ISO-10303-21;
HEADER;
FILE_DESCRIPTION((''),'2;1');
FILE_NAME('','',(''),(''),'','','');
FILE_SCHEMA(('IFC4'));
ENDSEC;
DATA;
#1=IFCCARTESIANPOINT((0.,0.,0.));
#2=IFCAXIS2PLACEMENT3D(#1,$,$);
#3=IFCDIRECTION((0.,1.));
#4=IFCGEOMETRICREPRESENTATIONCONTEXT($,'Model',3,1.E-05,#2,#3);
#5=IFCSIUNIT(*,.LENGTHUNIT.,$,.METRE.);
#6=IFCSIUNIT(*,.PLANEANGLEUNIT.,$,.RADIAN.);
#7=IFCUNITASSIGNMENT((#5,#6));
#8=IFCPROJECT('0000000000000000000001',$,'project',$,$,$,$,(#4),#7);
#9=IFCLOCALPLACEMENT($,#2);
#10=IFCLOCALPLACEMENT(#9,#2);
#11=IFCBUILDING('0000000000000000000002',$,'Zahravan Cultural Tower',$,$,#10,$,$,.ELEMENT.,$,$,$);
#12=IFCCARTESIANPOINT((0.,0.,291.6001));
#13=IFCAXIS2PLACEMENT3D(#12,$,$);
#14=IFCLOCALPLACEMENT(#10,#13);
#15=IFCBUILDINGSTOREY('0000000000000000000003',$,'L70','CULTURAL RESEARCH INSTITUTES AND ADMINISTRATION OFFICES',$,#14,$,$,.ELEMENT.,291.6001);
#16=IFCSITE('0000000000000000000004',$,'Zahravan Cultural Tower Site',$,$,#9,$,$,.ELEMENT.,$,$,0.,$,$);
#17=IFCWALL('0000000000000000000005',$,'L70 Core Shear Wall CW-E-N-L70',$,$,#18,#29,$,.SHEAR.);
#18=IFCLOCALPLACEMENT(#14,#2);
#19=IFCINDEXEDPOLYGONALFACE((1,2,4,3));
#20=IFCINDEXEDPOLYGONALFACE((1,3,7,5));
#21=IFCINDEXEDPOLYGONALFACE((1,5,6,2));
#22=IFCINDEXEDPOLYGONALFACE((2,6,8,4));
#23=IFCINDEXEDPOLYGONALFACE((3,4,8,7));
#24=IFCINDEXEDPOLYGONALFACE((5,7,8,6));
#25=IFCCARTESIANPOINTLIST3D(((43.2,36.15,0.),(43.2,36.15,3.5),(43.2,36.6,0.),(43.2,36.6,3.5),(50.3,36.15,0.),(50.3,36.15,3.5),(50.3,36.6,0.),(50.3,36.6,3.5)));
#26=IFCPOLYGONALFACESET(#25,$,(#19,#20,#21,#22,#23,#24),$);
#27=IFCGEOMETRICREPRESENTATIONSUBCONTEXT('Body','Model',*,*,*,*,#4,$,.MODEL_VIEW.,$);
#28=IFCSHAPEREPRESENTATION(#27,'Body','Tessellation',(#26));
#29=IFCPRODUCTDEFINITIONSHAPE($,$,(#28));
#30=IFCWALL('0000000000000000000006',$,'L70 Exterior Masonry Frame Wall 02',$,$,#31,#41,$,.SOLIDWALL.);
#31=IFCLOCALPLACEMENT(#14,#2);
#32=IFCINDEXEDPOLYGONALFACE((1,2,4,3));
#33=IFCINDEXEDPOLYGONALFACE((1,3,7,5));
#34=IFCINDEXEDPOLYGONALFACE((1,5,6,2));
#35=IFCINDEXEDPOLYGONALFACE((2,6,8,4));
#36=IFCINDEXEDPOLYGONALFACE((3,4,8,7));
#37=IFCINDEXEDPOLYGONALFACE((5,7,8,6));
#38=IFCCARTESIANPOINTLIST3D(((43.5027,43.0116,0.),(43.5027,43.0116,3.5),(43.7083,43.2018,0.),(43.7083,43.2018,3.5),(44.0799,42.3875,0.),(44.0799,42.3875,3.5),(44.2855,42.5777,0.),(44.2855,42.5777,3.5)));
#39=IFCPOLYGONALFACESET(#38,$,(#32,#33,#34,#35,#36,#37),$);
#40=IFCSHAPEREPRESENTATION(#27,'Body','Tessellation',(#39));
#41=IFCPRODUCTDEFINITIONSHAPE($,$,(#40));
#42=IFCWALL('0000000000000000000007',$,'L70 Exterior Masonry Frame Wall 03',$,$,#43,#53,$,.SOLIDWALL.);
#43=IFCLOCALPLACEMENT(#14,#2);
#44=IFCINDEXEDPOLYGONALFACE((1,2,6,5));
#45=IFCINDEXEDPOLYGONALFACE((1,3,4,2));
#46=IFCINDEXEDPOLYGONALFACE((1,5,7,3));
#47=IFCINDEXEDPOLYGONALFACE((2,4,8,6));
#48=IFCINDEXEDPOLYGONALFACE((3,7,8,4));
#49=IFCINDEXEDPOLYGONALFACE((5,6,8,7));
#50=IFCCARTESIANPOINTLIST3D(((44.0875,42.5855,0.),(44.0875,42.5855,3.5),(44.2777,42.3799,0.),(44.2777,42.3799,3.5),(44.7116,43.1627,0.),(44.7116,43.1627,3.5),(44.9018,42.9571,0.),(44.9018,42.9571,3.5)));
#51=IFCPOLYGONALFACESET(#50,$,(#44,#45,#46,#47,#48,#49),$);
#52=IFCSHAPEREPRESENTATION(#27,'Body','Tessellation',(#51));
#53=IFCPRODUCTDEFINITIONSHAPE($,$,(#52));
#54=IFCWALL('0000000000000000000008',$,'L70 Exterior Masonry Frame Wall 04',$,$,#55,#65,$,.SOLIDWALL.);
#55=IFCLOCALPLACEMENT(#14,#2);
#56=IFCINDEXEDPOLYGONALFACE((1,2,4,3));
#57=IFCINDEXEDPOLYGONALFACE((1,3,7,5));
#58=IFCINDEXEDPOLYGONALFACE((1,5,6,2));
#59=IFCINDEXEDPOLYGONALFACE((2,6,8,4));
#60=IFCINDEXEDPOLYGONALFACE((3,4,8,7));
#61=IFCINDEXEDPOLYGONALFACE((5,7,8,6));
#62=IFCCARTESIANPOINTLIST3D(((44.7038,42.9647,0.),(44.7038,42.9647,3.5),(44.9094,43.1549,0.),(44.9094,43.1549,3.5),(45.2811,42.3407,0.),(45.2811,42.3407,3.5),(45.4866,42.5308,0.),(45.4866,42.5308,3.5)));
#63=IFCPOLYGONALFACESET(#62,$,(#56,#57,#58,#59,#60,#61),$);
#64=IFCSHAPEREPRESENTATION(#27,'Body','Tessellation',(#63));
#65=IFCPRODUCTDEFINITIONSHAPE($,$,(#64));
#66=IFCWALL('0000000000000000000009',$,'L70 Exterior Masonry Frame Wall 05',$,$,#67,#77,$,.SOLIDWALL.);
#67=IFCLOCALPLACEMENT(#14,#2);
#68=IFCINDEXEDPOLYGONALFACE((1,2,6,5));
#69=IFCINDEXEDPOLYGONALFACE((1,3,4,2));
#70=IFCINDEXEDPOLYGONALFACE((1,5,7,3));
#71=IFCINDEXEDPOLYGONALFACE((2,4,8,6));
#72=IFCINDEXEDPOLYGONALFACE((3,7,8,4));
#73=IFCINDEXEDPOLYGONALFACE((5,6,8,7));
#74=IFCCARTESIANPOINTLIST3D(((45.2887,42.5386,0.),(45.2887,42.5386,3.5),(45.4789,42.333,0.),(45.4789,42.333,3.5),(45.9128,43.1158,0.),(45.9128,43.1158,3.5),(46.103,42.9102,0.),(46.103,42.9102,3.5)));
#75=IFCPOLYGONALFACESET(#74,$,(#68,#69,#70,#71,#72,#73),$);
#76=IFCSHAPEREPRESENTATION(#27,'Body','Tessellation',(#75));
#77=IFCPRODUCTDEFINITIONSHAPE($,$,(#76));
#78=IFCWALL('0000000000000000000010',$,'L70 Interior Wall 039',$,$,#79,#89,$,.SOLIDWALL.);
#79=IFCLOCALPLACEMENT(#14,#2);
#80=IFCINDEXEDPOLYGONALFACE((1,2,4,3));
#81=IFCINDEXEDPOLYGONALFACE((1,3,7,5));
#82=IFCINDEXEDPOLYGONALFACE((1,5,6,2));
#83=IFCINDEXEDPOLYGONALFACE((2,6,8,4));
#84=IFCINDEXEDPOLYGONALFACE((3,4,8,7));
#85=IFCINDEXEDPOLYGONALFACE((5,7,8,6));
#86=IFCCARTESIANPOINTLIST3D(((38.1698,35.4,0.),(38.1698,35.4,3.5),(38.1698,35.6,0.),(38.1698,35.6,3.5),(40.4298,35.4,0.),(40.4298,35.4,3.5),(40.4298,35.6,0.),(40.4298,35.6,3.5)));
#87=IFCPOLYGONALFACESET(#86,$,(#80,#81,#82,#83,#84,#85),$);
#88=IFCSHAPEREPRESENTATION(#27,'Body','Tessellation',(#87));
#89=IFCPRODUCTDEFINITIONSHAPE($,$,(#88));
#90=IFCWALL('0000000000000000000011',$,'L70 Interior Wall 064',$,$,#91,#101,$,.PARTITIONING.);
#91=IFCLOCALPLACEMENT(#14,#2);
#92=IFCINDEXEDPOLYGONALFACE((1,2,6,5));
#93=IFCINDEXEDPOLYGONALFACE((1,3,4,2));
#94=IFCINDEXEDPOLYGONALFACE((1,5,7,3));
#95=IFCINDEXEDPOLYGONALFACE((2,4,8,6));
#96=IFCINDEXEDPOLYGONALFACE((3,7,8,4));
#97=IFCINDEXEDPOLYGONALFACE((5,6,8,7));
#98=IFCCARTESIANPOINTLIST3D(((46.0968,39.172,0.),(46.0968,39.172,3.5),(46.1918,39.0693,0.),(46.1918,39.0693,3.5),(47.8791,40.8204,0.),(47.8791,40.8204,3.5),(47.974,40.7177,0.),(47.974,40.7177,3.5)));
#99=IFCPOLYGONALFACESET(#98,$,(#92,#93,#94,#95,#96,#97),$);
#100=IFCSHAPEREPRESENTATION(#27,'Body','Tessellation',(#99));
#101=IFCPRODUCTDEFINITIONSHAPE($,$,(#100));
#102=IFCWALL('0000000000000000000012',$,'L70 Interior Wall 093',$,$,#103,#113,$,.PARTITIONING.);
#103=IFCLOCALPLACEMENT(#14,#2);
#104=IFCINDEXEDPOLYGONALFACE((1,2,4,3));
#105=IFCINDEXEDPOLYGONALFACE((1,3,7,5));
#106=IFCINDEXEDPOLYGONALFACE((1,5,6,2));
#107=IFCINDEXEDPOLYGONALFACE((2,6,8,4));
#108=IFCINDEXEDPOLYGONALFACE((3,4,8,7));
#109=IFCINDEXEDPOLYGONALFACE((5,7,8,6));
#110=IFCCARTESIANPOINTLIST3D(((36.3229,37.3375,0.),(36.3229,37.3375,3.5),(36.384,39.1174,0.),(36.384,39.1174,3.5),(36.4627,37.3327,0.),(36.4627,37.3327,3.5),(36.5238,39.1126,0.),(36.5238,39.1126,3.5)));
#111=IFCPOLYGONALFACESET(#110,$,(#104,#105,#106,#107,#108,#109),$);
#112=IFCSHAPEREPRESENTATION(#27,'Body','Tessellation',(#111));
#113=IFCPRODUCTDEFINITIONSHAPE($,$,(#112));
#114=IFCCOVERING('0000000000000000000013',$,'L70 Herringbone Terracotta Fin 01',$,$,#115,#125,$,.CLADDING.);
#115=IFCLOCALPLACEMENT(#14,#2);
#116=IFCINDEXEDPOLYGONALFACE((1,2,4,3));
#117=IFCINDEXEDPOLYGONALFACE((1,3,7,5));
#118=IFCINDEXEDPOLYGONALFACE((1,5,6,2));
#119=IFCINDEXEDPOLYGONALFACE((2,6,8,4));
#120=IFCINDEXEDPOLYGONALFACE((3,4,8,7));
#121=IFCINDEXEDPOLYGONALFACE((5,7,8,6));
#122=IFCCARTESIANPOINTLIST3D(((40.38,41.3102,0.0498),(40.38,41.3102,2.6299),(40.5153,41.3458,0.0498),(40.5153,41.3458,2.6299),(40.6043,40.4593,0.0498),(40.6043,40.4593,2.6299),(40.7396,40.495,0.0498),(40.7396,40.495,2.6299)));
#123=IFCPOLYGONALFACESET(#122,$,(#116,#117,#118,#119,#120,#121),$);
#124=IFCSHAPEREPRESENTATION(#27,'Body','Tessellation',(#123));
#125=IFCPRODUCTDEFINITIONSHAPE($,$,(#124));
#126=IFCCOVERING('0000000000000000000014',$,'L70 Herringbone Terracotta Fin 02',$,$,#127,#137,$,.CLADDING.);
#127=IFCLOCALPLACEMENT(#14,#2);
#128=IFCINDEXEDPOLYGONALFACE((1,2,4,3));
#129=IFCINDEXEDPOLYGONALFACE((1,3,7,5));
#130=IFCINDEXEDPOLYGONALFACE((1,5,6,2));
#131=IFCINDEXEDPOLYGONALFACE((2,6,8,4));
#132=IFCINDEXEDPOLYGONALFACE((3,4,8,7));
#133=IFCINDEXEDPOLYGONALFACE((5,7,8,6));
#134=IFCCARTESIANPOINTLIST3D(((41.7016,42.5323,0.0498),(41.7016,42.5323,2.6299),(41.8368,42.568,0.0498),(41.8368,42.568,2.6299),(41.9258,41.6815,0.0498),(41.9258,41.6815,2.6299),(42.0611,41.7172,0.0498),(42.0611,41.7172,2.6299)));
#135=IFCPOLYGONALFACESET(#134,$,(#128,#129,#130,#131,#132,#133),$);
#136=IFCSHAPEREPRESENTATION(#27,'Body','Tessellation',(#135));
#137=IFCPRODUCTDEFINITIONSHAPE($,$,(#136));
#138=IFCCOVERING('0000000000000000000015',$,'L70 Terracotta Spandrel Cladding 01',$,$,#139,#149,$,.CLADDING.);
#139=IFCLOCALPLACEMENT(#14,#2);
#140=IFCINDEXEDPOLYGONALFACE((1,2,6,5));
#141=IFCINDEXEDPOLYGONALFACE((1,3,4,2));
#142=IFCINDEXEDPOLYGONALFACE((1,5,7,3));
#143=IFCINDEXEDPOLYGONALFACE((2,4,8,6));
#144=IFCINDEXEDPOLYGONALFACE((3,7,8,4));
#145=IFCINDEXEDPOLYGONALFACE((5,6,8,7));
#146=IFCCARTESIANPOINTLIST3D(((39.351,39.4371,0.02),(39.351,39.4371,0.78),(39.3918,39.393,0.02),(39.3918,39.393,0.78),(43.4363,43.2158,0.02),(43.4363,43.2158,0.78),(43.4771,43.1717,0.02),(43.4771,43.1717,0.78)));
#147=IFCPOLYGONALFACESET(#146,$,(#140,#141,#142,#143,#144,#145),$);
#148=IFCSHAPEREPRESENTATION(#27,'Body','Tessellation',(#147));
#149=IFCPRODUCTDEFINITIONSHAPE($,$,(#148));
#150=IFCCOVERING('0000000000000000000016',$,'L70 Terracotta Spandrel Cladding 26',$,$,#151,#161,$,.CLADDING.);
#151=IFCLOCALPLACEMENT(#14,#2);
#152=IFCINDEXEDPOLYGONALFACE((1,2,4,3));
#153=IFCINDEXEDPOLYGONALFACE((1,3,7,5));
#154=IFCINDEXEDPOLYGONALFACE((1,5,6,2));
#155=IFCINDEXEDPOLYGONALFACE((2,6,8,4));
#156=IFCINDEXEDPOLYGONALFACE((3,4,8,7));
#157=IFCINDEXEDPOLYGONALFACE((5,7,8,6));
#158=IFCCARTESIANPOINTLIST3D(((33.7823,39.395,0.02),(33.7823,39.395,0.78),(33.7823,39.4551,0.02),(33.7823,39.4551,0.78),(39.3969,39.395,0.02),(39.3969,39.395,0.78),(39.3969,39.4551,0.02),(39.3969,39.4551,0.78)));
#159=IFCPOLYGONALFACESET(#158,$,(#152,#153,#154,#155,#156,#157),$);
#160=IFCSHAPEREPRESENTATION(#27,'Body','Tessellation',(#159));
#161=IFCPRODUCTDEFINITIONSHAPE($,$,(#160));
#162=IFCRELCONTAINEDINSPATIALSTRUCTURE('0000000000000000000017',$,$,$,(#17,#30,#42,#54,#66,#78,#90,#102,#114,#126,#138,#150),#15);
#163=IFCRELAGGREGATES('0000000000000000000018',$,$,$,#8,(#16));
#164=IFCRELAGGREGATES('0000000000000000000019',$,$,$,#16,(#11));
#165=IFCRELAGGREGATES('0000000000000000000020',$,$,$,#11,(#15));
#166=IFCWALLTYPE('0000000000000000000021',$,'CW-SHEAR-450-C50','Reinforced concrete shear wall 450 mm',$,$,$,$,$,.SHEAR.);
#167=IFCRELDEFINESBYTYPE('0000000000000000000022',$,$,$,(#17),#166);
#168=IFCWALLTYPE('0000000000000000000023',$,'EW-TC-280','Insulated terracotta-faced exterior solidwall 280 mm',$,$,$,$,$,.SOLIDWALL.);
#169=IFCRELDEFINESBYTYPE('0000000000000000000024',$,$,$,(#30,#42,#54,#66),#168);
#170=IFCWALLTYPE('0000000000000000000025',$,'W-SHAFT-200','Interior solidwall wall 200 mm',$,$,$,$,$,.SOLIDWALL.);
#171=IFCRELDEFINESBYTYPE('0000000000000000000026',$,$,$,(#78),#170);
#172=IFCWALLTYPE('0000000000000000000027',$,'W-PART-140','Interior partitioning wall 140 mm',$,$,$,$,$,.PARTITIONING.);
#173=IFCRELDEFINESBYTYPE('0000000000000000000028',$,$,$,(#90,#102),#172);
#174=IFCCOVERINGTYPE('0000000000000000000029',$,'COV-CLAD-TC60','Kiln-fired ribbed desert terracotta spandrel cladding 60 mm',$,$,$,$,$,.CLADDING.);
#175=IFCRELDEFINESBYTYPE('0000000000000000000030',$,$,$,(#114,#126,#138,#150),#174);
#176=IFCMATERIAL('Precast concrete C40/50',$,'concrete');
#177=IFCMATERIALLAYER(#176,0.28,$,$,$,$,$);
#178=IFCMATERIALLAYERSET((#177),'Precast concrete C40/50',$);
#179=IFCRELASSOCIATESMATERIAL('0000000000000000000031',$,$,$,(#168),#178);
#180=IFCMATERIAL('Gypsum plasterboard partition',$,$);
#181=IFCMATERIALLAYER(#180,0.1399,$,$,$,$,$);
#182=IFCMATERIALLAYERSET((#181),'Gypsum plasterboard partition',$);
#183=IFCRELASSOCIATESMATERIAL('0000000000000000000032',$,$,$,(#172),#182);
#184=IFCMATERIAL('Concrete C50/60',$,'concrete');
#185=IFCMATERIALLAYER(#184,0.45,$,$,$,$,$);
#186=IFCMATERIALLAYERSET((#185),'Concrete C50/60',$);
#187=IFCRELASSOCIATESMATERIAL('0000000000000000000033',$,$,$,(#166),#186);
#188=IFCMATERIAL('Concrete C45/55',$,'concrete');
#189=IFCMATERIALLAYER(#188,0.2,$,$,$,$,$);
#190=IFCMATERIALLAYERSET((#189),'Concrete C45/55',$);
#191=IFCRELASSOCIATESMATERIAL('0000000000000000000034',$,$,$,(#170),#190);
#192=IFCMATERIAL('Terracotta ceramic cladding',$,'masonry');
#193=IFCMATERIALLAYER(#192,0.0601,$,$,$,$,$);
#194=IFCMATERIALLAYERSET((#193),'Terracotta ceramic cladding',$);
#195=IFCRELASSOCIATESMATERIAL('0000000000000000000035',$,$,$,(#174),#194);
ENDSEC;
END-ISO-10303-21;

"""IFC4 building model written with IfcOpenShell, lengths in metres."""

from ifc_helpers import new_model, si_unit, direction, frame, frame_2d, origin, origin_2d, place, context, subcontext, project, spatial, rectangle, extrude, source, transform, mapped, material, layer, layer_set, type_object, element, save


model = new_model("IFC4")

# Units and contexts
model_context = context("Model", 3, precision=1e-05, world=origin(), true_north=direction((0.0, 1.0)))
body_context = subcontext(model_context, "Body", "Model", "MODEL_VIEW")
ifc_project = project(units=[si_unit("LENGTHUNIT", "METRE"), si_unit("PLANEANGLEUNIT", "RADIAN")], contexts=[model_context])

# Site, building, storey
site_placement = place(None, origin())
site = spatial("IfcSite", under=ifc_project, at=site_placement, Name="Zahravan Cultural Tower Site", CompositionType="ELEMENT", RefElevation=0.0)
building_placement = place(site_placement, origin())
building = spatial("IfcBuilding", under=site, at=building_placement, Name="Zahravan Cultural Tower", CompositionType="ELEMENT")
storey_placement = place(building_placement, frame((0.0, 0.0, 291.6001)))
storey = spatial("IfcBuildingStorey", under=building, at=storey_placement, Name="L70", Description="CULTURAL RESEARCH INSTITUTES AND ADMINISTRATION OFFICES", CompositionType="ELEMENT", Elevation=291.6001)

# Shared definitions
ifc_material_1 = material(Name="Concrete C50/60", Category="concrete")

# Shared definitions
ifc_material_2 = material(Name="Precast concrete C40/50", Category="concrete")
ifc_layer_1 = layer(ifc_material_2, 0.28)
ifc_layer_set_1 = layer_set([ifc_layer_1], Name="Precast concrete C40/50")
wall_type_1 = type_object("IfcWallType", Name="EW-TC-280", Description="Insulated terracotta-faced exterior solidwall 280 mm", PredefinedType="SOLIDWALL", material=ifc_layer_set_1)

# Shared definitions
ifc_material_3 = material(Name="Gypsum plasterboard partition")
ifc_layer_2 = layer(ifc_material_3, 0.1399)
ifc_layer_set_2 = layer_set([ifc_layer_2], Name="Gypsum plasterboard partition")
wall_type_2 = type_object("IfcWallType", Name="W-PART-140", Description="Interior partitioning wall 140 mm", PredefinedType="PARTITIONING", material=ifc_layer_set_2)

# Walls
ifc_layer_3 = layer(ifc_material_1, 0.45)
ifc_layer_set_3 = layer_set([ifc_layer_3], Name="Concrete C50/60")
wall_type_3 = type_object("IfcWallType", Name="CW-SHEAR-450-C50", Description="Reinforced concrete shear wall 450 mm", PredefinedType="SHEAR", material=ifc_layer_set_3)
shared_shape_1 = source(origin(), body_context, "Body", "SweptSolid", [
    extrude(rectangle(XDim=7.1001, YDim=0.45, at=frame_2d((3.55, 0.0))), origin(), (0.0, 0.0, 1.0), 3.5),
])
wall_1_placement = place(storey_placement, frame((43.2, 36.375, 0.0), z_axis=(0.0, 0.0, 1.0), x_axis=(1.0, 0.0, 0.0)))
element("IfcWall", 1, at=wall_1_placement, inside=storey, type_object=wall_type_3, Name="L70 Core Shear Wall CW-E-N-L70", PredefinedType="SHEAR", context=body_context, shape_type="MappedRepresentation", body=[
    mapped(shared_shape_1, transform((0.0, 0.0, 0.0), x_axis=(1.0, 0.0, 0.0), y_axis=(0.0, 1.0, 0.0), z_axis=(0.0, 0.0, 1.0), scale=1.0)),
])
shared_shape_2 = source(origin(), body_context, "Body", "SweptSolid", [
    extrude(rectangle(XDim=0.8501, YDim=0.28, at=frame_2d((0.425, 0.0))), origin(), (0.0, 0.0, 1.0), 3.5),
])
for number, where, z_axis, x_axis, name in (
    (2, (43.6055, 43.1067, 0.0), (0.0, 0.0, 1.0), (0.678996, -0.734142, 0.0), "L70 Exterior Masonry Frame Wall 02"),
    (3, (44.1826, 42.4827, 0.0), (0.0, 0.0, 1.0), (0.734142, 0.678996, 0.0), "L70 Exterior Masonry Frame Wall 03"),
    (4, (44.8066, 43.0598, 0.0), (0.0, 0.0, 1.0), (0.678996, -0.734142, 0.0), "L70 Exterior Masonry Frame Wall 04"),
    (5, (45.3838, 42.4358, 0.0), (0.0, 0.0, 1.0), (0.734142, 0.678996, 0.0), "L70 Exterior Masonry Frame Wall 05"),
):
    element("IfcWall", number, at=place(storey_placement, frame(where, z_axis=z_axis, x_axis=x_axis)), inside=storey, type_object=wall_type_1, Name=name, PredefinedType="SOLIDWALL", context=body_context, shape_type="MappedRepresentation", body=[
        mapped(shared_shape_2, transform((0.0, 0.0, 0.0), x_axis=(1.0, 0.0, 0.0), y_axis=(0.0, 1.0, 0.0), z_axis=(0.0, 0.0, 1.0), scale=1.0)),
    ])
ifc_material_4 = material(Name="Concrete C45/55", Category="concrete")
ifc_layer_4 = layer(ifc_material_4, 0.2)
ifc_layer_set_4 = layer_set([ifc_layer_4], Name="Concrete C45/55")
wall_type_4 = type_object("IfcWallType", Name="W-SHAFT-200", Description="Interior solidwall wall 200 mm", PredefinedType="SOLIDWALL", material=ifc_layer_set_4)
shared_shape_3 = source(origin(), body_context, "Body", "SweptSolid", [
    extrude(rectangle(XDim=2.26, YDim=0.2, at=frame_2d((1.1299, 0.0))), origin(), (0.0, 0.0, 1.0), 3.5),
])
wall_2_placement = place(storey_placement, frame((38.1699, 35.5, 0.0), z_axis=(0.0, 0.0, 1.0), x_axis=(1.0, 0.0, 0.0)))
element("IfcWall", 6, at=wall_2_placement, inside=storey, type_object=wall_type_4, Name="L70 Interior Wall 039", PredefinedType="SOLIDWALL", context=body_context, shape_type="MappedRepresentation", body=[
    mapped(shared_shape_3, transform((0.0, 0.0, 0.0), x_axis=(1.0, 0.0, 0.0), y_axis=(0.0, 1.0, 0.0), z_axis=(0.0, 0.0, 1.0), scale=1.0)),
])
shared_shape_4 = source(origin(), body_context, "Body", "SweptSolid", [
    extrude(rectangle(XDim=2.4277, YDim=0.1399, at=frame_2d((1.2139, 0.0))), origin(), (0.0, 0.0, 1.0), 3.5),
])
wall_3_placement = place(storey_placement, frame((46.1443, 39.1206, 0.0), z_axis=(0.0, 0.0, 1.0), x_axis=(0.734125, 0.679015, 0.0)))
element("IfcWall", 7, at=wall_3_placement, inside=storey, type_object=wall_type_2, Name="L70 Interior Wall 064", PredefinedType="PARTITIONING", context=body_context, shape_type="MappedRepresentation", body=[
    mapped(shared_shape_4, transform((0.0, 0.0, 0.0), x_axis=(1.0, 0.0, 0.0), y_axis=(0.0, 1.0, 0.0), z_axis=(0.0, 0.0, 1.0), scale=1.0)),
])
shared_shape_5 = source(origin(), body_context, "Body", "SweptSolid", [
    extrude(rectangle(XDim=1.781, YDim=0.1399, at=frame_2d((0.8906, 0.0))), origin(), (0.0, 0.0, 1.0), 3.5),
])
wall_4_placement = place(storey_placement, frame((36.3928, 37.335, 0.0), z_axis=(0.0, 0.0, 1.0), x_axis=(0.034269, 0.999413, 0.0)))
element("IfcWall", 8, at=wall_4_placement, inside=storey, type_object=wall_type_2, Name="L70 Interior Wall 093", PredefinedType="PARTITIONING", context=body_context, shape_type="MappedRepresentation", body=[
    mapped(shared_shape_5, transform((0.0, 0.0, 0.0), x_axis=(1.0, 0.0, 0.0), y_axis=(0.0, 1.0, 0.0), z_axis=(0.0, 0.0, 1.0), scale=1.0)),
])

# Coverings
ifc_material_5 = material(Name="Terracotta ceramic cladding", Category="masonry")
ifc_layer_5 = layer(ifc_material_5, 0.0601)
ifc_layer_set_5 = layer_set([ifc_layer_5], Name="Terracotta ceramic cladding")
covering_type = type_object("IfcCoveringType", Name="COV-CLAD-TC60", Description="Kiln-fired ribbed desert terracotta spandrel cladding 60 mm", PredefinedType="CLADDING", material=ifc_layer_set_5)
shared_shape_6 = source(origin(), body_context, "Body", "SweptSolid", [
    extrude(rectangle(XDim=0.8799, YDim=0.1399, at=origin_2d()), origin(), (0.0, 0.0, 1.0), 2.5801),
])
for number, where, z_axis, x_axis, name in (
    (9, (40.5598, 40.9026, 0.0498), (0.0, 0.0, 1.0), (-0.254889, 0.96697, 0.0), "L70 Herringbone Terracotta Fin 01"),
    (10, (41.8813, 42.1248, 0.0498), (0.0, 0.0, 1.0), (-0.254889, 0.96697, 0.0), "L70 Herringbone Terracotta Fin 02"),
):
    element("IfcCovering", number, at=place(storey_placement, frame(where, z_axis=z_axis, x_axis=x_axis)), inside=storey, type_object=covering_type, Name=name, PredefinedType="CLADDING", context=body_context, shape_type="MappedRepresentation", body=[
        mapped(shared_shape_6, transform((0.0, 0.0, 0.0), x_axis=(1.0, 0.0, 0.0), y_axis=(0.0, 1.0, 0.0), z_axis=(0.0, 0.0, 1.0), scale=1.0)),
    ])
shared_shape_7 = source(origin(), body_context, "Body", "SweptSolid", [
    extrude(rectangle(XDim=5.5649, YDim=0.0601, at=origin_2d()), origin(), (0.0, 0.0, 1.0), 0.76),
])
covering_1_placement = place(storey_placement, frame((41.4141, 41.3044, 0.02), z_axis=(0.0, 0.0, 1.0), x_axis=(0.734121, 0.679019, 0.0)))
element("IfcCovering", 11, at=covering_1_placement, inside=storey, type_object=covering_type, Name="L70 Terracotta Spandrel Cladding 01", PredefinedType="CLADDING", context=body_context, shape_type="MappedRepresentation", body=[
    mapped(shared_shape_7, transform((0.0, 0.0, 0.0), x_axis=(1.0, 0.0, 0.0), y_axis=(0.0, 1.0, 0.0), z_axis=(0.0, 0.0, 1.0), scale=1.0)),
])
shared_shape_8 = source(origin(), body_context, "Body", "SweptSolid", [
    extrude(rectangle(XDim=5.6145, YDim=0.0601, at=origin_2d()), origin(), (0.0, 0.0, 1.0), 0.76),
])
covering_2_placement = place(storey_placement, frame((36.5896, 39.425, 0.02), z_axis=(0.0, 0.0, 1.0), x_axis=(1.0, 0.0, 0.0)))
element("IfcCovering", 12, at=covering_2_placement, inside=storey, type_object=covering_type, Name="L70 Terracotta Spandrel Cladding 26", PredefinedType="CLADDING", context=body_context, shape_type="MappedRepresentation", body=[
    mapped(shared_shape_8, transform((0.0, 0.0, 0.0), x_axis=(1.0, 0.0, 0.0), y_axis=(0.0, 1.0, 0.0), z_axis=(0.0, 0.0, 1.0), scale=1.0)),
])

save(model, "model.ifc")
